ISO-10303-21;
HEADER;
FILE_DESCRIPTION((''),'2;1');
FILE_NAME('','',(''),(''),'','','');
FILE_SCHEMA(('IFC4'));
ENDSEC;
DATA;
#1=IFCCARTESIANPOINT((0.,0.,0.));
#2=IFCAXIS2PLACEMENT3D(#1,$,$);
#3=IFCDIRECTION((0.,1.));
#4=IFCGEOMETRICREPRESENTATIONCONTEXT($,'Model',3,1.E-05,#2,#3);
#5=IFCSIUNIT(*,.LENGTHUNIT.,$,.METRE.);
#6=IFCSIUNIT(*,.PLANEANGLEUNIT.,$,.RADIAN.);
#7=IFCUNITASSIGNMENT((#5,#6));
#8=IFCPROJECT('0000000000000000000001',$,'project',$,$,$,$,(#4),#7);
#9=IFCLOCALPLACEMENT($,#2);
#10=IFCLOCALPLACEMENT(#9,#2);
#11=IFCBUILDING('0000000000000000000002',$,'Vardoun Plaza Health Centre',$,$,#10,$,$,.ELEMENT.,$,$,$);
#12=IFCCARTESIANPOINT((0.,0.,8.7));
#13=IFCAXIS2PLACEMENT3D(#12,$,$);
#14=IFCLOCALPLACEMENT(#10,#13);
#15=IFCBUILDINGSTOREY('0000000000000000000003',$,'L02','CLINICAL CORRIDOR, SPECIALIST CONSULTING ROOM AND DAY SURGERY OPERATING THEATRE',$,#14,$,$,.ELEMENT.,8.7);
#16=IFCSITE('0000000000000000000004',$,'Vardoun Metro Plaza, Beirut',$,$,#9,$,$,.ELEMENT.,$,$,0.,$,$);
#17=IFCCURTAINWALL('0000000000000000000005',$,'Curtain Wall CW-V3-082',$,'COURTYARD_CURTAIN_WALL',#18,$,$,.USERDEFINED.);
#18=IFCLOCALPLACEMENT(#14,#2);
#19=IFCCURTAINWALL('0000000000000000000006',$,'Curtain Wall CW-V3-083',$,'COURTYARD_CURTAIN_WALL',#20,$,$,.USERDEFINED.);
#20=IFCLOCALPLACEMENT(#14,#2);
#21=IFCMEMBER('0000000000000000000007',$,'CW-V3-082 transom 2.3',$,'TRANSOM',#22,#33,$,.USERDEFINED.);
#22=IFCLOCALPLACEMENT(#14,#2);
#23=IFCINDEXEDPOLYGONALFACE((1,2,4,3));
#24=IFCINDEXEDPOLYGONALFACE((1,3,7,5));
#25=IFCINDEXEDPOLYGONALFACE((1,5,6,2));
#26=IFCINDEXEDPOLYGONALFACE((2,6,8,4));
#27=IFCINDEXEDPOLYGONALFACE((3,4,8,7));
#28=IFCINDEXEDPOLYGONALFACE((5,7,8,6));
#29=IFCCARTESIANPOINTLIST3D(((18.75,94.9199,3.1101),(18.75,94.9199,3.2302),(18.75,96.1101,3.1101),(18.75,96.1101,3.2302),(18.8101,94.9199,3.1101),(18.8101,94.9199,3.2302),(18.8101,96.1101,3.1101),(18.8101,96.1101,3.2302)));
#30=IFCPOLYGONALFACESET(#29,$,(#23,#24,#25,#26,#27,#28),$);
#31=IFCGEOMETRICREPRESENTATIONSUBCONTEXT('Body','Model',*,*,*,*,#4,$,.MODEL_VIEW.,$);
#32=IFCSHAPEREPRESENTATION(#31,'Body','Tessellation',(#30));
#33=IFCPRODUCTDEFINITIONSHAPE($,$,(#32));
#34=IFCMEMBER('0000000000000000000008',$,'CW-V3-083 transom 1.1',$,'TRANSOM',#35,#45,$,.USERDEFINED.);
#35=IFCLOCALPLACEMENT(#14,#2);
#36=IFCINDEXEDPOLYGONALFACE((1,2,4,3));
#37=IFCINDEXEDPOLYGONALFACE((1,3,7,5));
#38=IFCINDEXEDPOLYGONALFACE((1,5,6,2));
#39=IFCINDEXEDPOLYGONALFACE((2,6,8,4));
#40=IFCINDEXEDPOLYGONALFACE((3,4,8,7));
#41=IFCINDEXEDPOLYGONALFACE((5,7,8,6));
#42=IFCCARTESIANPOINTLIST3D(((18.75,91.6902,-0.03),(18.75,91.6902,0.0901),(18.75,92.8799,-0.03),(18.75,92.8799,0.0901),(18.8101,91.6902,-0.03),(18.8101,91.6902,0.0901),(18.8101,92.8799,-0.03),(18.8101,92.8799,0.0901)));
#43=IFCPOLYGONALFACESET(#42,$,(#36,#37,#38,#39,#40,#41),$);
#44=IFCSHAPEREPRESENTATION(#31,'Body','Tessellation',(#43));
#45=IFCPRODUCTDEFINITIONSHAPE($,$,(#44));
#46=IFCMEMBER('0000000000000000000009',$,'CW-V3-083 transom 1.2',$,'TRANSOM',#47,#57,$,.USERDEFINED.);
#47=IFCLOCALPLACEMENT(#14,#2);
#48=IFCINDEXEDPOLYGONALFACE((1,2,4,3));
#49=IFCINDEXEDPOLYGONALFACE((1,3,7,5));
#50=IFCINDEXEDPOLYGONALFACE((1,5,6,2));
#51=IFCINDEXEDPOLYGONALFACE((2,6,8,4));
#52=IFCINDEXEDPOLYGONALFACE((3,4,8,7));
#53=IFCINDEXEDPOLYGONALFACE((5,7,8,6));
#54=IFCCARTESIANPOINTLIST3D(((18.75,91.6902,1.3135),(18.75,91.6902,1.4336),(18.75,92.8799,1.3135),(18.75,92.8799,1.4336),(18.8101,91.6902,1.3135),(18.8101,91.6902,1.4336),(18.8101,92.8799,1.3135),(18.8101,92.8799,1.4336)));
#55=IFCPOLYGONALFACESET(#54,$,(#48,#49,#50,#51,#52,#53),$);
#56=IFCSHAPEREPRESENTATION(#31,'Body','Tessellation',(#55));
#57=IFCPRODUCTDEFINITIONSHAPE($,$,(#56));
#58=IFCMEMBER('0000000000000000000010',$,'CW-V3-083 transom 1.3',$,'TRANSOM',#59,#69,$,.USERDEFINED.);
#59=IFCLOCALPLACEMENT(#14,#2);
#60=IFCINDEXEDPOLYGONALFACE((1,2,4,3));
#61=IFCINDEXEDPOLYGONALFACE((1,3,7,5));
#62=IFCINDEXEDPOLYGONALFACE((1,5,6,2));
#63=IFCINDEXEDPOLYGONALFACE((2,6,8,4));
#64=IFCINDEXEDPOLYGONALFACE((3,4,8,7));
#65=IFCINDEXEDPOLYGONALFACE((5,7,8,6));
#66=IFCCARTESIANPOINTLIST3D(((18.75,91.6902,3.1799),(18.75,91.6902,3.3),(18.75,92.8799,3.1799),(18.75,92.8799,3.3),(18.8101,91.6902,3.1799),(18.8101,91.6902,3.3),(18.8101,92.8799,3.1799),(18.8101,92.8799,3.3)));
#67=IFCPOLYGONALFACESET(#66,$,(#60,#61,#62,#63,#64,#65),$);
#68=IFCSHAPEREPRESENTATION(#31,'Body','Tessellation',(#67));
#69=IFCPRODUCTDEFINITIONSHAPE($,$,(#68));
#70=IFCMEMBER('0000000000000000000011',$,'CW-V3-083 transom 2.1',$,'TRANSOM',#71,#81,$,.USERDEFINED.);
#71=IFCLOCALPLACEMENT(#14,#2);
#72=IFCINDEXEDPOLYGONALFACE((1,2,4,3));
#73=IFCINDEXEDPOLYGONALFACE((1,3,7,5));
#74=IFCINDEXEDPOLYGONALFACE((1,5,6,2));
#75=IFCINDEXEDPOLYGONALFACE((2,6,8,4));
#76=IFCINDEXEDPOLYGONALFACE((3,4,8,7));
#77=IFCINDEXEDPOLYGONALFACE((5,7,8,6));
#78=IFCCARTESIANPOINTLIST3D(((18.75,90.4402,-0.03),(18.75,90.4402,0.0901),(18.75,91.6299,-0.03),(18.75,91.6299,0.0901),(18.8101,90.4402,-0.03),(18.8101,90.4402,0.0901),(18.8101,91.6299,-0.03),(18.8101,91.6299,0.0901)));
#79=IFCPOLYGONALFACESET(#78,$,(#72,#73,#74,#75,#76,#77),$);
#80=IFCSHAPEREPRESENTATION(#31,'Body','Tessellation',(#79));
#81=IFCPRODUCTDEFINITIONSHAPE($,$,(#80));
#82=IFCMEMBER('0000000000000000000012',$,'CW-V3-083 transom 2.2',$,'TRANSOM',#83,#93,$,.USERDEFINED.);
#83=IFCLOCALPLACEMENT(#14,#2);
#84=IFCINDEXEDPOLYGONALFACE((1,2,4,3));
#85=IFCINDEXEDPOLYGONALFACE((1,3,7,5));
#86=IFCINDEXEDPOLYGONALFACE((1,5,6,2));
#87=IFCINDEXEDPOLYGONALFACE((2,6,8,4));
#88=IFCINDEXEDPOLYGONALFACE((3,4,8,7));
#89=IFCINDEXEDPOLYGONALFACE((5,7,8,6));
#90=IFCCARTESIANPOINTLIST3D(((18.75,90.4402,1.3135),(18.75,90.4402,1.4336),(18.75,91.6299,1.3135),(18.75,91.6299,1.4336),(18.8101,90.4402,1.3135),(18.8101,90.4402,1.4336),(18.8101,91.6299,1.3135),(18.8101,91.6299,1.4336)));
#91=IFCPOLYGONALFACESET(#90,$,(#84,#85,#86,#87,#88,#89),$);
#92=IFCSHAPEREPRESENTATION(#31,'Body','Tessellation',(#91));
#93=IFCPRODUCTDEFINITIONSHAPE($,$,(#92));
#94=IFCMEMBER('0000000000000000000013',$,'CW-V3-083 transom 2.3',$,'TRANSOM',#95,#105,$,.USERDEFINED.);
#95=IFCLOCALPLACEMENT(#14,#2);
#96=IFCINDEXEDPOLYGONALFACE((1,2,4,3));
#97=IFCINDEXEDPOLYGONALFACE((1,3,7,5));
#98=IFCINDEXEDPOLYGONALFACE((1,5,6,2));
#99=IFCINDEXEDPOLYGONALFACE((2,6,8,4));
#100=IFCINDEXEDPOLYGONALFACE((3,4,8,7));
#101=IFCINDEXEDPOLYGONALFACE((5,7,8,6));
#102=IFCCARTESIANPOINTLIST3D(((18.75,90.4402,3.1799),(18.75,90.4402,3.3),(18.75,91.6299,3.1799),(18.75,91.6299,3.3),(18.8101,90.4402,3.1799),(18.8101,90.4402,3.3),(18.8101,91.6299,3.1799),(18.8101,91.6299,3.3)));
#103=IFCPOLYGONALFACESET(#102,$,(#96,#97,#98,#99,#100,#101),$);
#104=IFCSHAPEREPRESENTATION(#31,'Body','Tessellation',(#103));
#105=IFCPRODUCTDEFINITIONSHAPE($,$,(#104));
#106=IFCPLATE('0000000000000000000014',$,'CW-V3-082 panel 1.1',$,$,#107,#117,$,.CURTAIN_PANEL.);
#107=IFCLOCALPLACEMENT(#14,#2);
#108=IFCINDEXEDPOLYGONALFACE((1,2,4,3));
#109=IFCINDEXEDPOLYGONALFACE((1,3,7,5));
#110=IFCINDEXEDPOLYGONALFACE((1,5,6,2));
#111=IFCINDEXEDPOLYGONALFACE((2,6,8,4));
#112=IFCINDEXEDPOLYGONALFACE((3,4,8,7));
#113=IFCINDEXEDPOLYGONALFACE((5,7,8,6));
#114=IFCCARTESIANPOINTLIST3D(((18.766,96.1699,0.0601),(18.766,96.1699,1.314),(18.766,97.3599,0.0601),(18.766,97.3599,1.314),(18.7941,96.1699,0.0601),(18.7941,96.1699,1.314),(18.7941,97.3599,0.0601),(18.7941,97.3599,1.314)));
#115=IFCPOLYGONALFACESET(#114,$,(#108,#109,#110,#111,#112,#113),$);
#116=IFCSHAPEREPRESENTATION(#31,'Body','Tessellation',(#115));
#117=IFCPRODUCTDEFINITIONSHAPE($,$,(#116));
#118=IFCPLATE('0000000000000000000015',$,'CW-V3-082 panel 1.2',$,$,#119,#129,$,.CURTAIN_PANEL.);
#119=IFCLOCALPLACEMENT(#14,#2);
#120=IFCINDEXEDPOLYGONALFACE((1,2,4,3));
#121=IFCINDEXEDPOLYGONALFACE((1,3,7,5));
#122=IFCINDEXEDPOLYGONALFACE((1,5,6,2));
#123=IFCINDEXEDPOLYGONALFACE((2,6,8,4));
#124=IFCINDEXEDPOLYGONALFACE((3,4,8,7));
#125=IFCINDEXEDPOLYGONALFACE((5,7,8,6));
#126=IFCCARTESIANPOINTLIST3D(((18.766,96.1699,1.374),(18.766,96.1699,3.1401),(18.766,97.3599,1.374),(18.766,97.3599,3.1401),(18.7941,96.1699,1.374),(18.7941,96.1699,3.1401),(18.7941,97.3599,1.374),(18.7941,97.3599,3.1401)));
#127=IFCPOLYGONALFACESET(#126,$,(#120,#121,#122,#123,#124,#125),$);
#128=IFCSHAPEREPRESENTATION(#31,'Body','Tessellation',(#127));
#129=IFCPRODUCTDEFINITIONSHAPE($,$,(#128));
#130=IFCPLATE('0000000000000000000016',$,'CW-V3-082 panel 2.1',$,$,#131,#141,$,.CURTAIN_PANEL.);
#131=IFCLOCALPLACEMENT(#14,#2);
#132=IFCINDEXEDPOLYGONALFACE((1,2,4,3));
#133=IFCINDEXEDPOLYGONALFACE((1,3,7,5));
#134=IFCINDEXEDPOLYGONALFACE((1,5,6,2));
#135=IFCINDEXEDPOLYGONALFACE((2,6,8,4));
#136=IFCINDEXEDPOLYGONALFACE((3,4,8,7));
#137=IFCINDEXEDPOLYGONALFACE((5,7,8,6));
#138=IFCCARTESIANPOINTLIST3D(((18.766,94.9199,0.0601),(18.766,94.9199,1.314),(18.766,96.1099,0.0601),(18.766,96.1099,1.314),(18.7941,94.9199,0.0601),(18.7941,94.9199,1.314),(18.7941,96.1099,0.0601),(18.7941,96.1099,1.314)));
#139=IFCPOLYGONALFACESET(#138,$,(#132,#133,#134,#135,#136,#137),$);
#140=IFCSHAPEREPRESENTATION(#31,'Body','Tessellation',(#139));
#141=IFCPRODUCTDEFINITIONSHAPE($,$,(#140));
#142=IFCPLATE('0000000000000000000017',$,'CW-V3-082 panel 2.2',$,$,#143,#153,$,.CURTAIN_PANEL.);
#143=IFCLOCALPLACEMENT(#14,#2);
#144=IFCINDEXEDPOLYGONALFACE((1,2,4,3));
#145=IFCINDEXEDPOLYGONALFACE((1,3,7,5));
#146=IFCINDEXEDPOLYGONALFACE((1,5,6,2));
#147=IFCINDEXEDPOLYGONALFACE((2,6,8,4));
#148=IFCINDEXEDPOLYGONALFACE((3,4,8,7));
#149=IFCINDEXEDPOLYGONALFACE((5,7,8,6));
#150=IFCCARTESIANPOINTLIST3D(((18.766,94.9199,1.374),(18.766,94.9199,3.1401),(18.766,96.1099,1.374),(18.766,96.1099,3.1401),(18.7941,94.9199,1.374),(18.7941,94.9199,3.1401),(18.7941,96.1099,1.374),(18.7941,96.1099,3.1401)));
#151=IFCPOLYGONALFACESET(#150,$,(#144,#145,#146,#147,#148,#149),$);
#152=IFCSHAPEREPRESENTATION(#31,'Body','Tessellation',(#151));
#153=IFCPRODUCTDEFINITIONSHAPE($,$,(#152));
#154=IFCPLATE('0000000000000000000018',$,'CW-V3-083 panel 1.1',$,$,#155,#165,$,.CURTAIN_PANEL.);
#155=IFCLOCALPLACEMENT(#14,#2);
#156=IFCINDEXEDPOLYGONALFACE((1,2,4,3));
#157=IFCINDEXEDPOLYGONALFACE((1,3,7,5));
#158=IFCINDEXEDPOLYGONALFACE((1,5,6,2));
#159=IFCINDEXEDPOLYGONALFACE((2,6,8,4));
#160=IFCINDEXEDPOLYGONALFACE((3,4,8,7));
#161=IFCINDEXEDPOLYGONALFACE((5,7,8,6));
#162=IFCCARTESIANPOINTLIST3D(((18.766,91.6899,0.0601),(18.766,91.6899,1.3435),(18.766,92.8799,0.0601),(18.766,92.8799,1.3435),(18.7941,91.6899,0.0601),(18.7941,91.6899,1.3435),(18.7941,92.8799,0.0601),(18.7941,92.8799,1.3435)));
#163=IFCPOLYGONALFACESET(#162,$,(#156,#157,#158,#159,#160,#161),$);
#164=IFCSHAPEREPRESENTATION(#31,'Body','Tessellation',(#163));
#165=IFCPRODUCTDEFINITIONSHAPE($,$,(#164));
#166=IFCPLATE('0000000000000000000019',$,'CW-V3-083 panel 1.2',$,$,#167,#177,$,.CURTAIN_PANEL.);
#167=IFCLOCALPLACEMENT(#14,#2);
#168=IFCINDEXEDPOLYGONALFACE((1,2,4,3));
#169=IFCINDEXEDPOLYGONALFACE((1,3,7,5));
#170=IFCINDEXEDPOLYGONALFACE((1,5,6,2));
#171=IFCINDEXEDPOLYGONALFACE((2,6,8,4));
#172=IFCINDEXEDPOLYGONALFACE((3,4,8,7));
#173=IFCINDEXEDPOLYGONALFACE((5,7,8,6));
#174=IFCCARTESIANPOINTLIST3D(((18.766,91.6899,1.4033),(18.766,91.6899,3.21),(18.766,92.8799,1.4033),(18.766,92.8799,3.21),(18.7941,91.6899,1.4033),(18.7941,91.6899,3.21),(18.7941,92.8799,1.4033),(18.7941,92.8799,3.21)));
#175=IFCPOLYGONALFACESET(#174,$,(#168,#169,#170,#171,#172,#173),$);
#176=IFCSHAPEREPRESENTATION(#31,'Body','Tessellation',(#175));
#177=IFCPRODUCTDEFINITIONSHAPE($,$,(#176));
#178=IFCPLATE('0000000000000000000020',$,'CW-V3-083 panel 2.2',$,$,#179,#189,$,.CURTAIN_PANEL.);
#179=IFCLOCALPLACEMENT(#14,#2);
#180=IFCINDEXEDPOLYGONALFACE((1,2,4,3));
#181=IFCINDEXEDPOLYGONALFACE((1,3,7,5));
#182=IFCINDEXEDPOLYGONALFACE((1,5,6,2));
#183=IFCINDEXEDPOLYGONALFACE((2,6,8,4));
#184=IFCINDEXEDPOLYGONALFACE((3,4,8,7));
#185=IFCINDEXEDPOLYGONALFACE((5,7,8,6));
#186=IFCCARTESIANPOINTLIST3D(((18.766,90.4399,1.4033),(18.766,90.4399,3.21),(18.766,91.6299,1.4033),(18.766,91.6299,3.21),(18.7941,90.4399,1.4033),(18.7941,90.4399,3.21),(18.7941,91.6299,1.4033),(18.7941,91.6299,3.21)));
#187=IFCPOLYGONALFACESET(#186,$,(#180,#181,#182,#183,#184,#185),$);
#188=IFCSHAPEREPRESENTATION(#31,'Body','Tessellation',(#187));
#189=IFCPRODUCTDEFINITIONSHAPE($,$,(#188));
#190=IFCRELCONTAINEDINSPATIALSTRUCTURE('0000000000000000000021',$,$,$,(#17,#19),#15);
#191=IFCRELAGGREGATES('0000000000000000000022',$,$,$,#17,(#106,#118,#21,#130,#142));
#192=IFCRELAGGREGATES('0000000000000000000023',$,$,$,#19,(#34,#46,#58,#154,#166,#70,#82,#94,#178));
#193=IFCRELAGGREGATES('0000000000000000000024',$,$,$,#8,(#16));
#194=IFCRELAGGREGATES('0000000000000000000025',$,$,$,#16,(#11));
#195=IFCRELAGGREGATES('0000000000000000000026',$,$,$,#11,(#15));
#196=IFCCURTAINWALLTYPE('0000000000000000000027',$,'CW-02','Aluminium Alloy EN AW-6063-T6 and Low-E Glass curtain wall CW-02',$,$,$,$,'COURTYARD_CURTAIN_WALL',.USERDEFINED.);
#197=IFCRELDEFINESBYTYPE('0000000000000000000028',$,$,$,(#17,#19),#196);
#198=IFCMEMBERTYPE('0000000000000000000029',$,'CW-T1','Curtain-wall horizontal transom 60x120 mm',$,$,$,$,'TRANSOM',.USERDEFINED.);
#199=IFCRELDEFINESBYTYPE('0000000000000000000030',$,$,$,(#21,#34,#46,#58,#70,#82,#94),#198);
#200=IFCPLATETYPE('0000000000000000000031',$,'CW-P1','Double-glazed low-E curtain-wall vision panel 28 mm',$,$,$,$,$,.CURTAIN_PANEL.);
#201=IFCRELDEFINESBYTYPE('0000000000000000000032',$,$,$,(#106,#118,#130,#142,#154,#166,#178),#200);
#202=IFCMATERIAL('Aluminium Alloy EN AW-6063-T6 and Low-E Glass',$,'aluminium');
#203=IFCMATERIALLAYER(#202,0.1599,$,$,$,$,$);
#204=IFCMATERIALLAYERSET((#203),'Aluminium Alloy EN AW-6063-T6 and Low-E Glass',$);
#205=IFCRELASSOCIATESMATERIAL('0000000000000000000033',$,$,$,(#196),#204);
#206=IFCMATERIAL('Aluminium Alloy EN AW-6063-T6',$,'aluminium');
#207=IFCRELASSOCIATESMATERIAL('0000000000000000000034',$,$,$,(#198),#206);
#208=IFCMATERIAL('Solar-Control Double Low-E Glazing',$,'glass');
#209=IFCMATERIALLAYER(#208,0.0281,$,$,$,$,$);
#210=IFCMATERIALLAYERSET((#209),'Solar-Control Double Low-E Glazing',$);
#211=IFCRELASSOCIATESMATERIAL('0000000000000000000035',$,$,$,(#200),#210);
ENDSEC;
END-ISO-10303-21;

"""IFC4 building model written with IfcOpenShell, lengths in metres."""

from ifc_helpers import new_model, si_unit, direction, frame, origin, origin_2d, place, context, subcontext, project, spatial, rectangle, extrude, material, layer, layer_set, material_profile, profile_set, type_object, element, aggregate, save


model = new_model("IFC4")

# Units and contexts
model_context = context("Model", 3, precision=1e-05, world=origin(), true_north=direction((0.0, 1.0)))
body_context = subcontext(model_context, "Body", "Model", "MODEL_VIEW")
ifc_project = project(units=[si_unit("LENGTHUNIT", "METRE"), si_unit("PLANEANGLEUNIT", "RADIAN")], contexts=[model_context])

# Site, building, storey
site_placement = place(None, origin())
site = spatial("IfcSite", under=ifc_project, at=site_placement, Name="Vardoun Metro Plaza, Beirut", CompositionType="ELEMENT", RefElevation=0.0)
building_placement = place(site_placement, origin())
building = spatial("IfcBuilding", under=site, at=building_placement, Name="Vardoun Plaza Health Centre", CompositionType="ELEMENT")
storey_placement = place(building_placement, frame((0.0, 0.0, 8.7)))
storey = spatial("IfcBuildingStorey", under=building, at=storey_placement, Name="L02", Description="CLINICAL CORRIDOR, SPECIALIST CONSULTING ROOM AND DAY SURGERY OPERATING THEATRE", CompositionType="ELEMENT", Elevation=8.7)

# Curtain walls
ifc_material_1 = material(Name="Aluminium Alloy EN AW-6063-T6 and Low-E Glass", Category="aluminium")
ifc_layer_1 = layer(ifc_material_1, 0.1599)
ifc_layer_set_1 = layer_set([ifc_layer_1], Name="Aluminium Alloy EN AW-6063-T6 and Low-E Glass")
curtain_wall_type = type_object("IfcCurtainWallType", Name="CW-02", Description="Aluminium Alloy EN AW-6063-T6 and Low-E Glass curtain wall CW-02", ElementType="COURTYARD_CURTAIN_WALL", PredefinedType="USERDEFINED", material=ifc_layer_set_1)
curtain_wall_1_placement = place(storey_placement, origin())
curtain_wall_1 = element("IfcCurtainWall", 1, at=curtain_wall_1_placement, inside=storey, type_object=curtain_wall_type, Name="Curtain Wall CW-V3-082", ObjectType="COURTYARD_CURTAIN_WALL", PredefinedType="USERDEFINED")
curtain_wall_2_placement = place(storey_placement, origin())
curtain_wall_2 = element("IfcCurtainWall", 2, at=curtain_wall_2_placement, inside=storey, type_object=curtain_wall_type, Name="Curtain Wall CW-V3-083", ObjectType="COURTYARD_CURTAIN_WALL", PredefinedType="USERDEFINED")

# Members
ifc_material_2 = material(Name="Aluminium Alloy EN AW-6063-T6", Category="aluminium")
ifc_material_profile_1 = material_profile(ifc_material_2, rectangle(XDim=0.0601, YDim=0.1201, at=origin_2d()), Name="CWT 60x120")
ifc_profile_set_1 = profile_set([ifc_material_profile_1], Name="Aluminium Alloy EN AW-6063-T6")
member_type_1 = type_object("IfcMemberType", Name="CW-T1", Description="Curtain-wall horizontal transom 60x120 mm", ElementType="TRANSOM", PredefinedType="USERDEFINED", material=ifc_profile_set_1)
member_1_placement = place(storey_placement, frame((18.78, 96.1101, 3.1702), z_axis=(0.0, -1.0, 0.0), x_axis=(1.0, 0.0, 0.0)))
member_1 = element("IfcMember", 3, at=member_1_placement, type_object=member_type_1, Name="CW-V3-082 transom 2.3", ObjectType="TRANSOM", PredefinedType="USERDEFINED", context=body_context, shape_type="SweptSolid", body=[
    extrude(rectangle(XDim=0.0601, YDim=0.1201, at=origin_2d()), origin(), (0.0, 0.0, 1.0), 1.1902),
])
member_2_placement = place(storey_placement, frame((18.78, 92.8799, 0.03), z_axis=(0.0, -1.0, 0.0), x_axis=(1.0, 0.0, 0.0)))
member_2 = element("IfcMember", 4, at=member_2_placement, type_object=member_type_1, Name="CW-V3-083 transom 1.1", ObjectType="TRANSOM", PredefinedType="USERDEFINED", context=body_context, shape_type="SweptSolid", body=[
    extrude(rectangle(XDim=0.0601, YDim=0.1201, at=origin_2d()), origin(), (0.0, 0.0, 1.0), 1.1897),
])
member_3_placement = place(storey_placement, frame((18.78, 92.8799, 1.3735), z_axis=(0.0, -1.0, 0.0), x_axis=(1.0, 0.0, 0.0)))
member_3 = element("IfcMember", 5, at=member_3_placement, type_object=member_type_1, Name="CW-V3-083 transom 1.2", ObjectType="TRANSOM", PredefinedType="USERDEFINED", context=body_context, shape_type="SweptSolid", body=[
    extrude(rectangle(XDim=0.0601, YDim=0.1201, at=origin_2d()), origin(), (0.0, 0.0, 1.0), 1.1897),
])
member_4_placement = place(storey_placement, frame((18.78, 92.8799, 3.24), z_axis=(0.0, -1.0, 0.0), x_axis=(1.0, 0.0, 0.0)))
member_4 = element("IfcMember", 6, at=member_4_placement, type_object=member_type_1, Name="CW-V3-083 transom 1.3", ObjectType="TRANSOM", PredefinedType="USERDEFINED", context=body_context, shape_type="SweptSolid", body=[
    extrude(rectangle(XDim=0.0601, YDim=0.1201, at=origin_2d()), origin(), (0.0, 0.0, 1.0), 1.1897),
])
member_5_placement = place(storey_placement, frame((18.78, 91.6299, 0.03), z_axis=(0.0, -1.0, 0.0), x_axis=(1.0, 0.0, 0.0)))
member_5 = element("IfcMember", 7, at=member_5_placement, type_object=member_type_1, Name="CW-V3-083 transom 2.1", ObjectType="TRANSOM", PredefinedType="USERDEFINED", context=body_context, shape_type="SweptSolid", body=[
    extrude(rectangle(XDim=0.0601, YDim=0.1201, at=origin_2d()), origin(), (0.0, 0.0, 1.0), 1.1897),
])
member_6_placement = place(storey_placement, frame((18.78, 91.6299, 1.3735), z_axis=(0.0, -1.0, 0.0), x_axis=(1.0, 0.0, 0.0)))
member_6 = element("IfcMember", 8, at=member_6_placement, type_object=member_type_1, Name="CW-V3-083 transom 2.2", ObjectType="TRANSOM", PredefinedType="USERDEFINED", context=body_context, shape_type="SweptSolid", body=[
    extrude(rectangle(XDim=0.0601, YDim=0.1201, at=origin_2d()), origin(), (0.0, 0.0, 1.0), 1.1897),
])
member_7_placement = place(storey_placement, frame((18.78, 91.6299, 3.24), z_axis=(0.0, -1.0, 0.0), x_axis=(1.0, 0.0, 0.0)))
member_7 = element("IfcMember", 9, at=member_7_placement, type_object=member_type_1, Name="CW-V3-083 transom 2.3", ObjectType="TRANSOM", PredefinedType="USERDEFINED", context=body_context, shape_type="SweptSolid", body=[
    extrude(rectangle(XDim=0.0601, YDim=0.1201, at=origin_2d()), origin(), (0.0, 0.0, 1.0), 1.1897),
])

# Plates
ifc_material_3 = material(Name="Solar-Control Double Low-E Glazing", Category="glass")
ifc_layer_2 = layer(ifc_material_3, 0.0281)
ifc_layer_set_2 = layer_set([ifc_layer_2], Name="Solar-Control Double Low-E Glazing")
plate_type = type_object("IfcPlateType", Name="CW-P1", Description="Double-glazed low-E curtain-wall vision panel 28 mm", PredefinedType="CURTAIN_PANEL", material=ifc_layer_set_2)
plate_1_placement = place(storey_placement, frame((18.78, 96.7649, 0.0601), z_axis=(0.0, 0.0, 1.0), x_axis=(0.0, -1.0, 0.0)))
plate_1 = element("IfcPlate", 10, at=plate_1_placement, type_object=plate_type, Name="CW-V3-082 panel 1.1", PredefinedType="CURTAIN_PANEL", context=body_context, shape_type="SweptSolid", body=[
    extrude(rectangle(XDim=1.1899, YDim=0.0281, at=origin_2d()), origin(), (0.0, 0.0, 1.0), 1.2539),
])
plate_2_placement = place(storey_placement, frame((18.78, 96.7649, 1.374), z_axis=(0.0, 0.0, 1.0), x_axis=(0.0, -1.0, 0.0)))
plate_2 = element("IfcPlate", 11, at=plate_2_placement, type_object=plate_type, Name="CW-V3-082 panel 1.2", PredefinedType="CURTAIN_PANEL", context=body_context, shape_type="SweptSolid", body=[
    extrude(rectangle(XDim=1.1899, YDim=0.0281, at=origin_2d()), origin(), (0.0, 0.0, 1.0), 1.7661),
])
plate_3_placement = place(storey_placement, frame((18.78, 95.5149, 0.0601), z_axis=(0.0, 0.0, 1.0), x_axis=(0.0, -1.0, 0.0)))
plate_3 = element("IfcPlate", 12, at=plate_3_placement, type_object=plate_type, Name="CW-V3-082 panel 2.1", PredefinedType="CURTAIN_PANEL", context=body_context, shape_type="SweptSolid", body=[
    extrude(rectangle(XDim=1.1899, YDim=0.0281, at=origin_2d()), origin(), (0.0, 0.0, 1.0), 1.2539),
])
plate_4_placement = place(storey_placement, frame((18.78, 95.5149, 1.374), z_axis=(0.0, 0.0, 1.0), x_axis=(0.0, -1.0, 0.0)))
plate_4 = element("IfcPlate", 13, at=plate_4_placement, type_object=plate_type, Name="CW-V3-082 panel 2.2", PredefinedType="CURTAIN_PANEL", context=body_context, shape_type="SweptSolid", body=[
    extrude(rectangle(XDim=1.1899, YDim=0.0281, at=origin_2d()), origin(), (0.0, 0.0, 1.0), 1.7661),
])
aggregate(curtain_wall_1, [plate_1, plate_2, member_1, plate_3, plate_4])
plate_5_placement = place(storey_placement, frame((18.78, 92.2849, 0.0601), z_axis=(0.0, 0.0, 1.0), x_axis=(0.0, -1.0, 0.0)))
plate_5 = element("IfcPlate", 14, at=plate_5_placement, type_object=plate_type, Name="CW-V3-083 panel 1.1", PredefinedType="CURTAIN_PANEL", context=body_context, shape_type="SweptSolid", body=[
    extrude(rectangle(XDim=1.1899, YDim=0.0281, at=origin_2d()), origin(), (0.0, 0.0, 1.0), 1.2834),
])
plate_6_placement = place(storey_placement, frame((18.78, 92.2849, 1.4033), z_axis=(0.0, 0.0, 1.0), x_axis=(0.0, -1.0, 0.0)))
plate_6 = element("IfcPlate", 15, at=plate_6_placement, type_object=plate_type, Name="CW-V3-083 panel 1.2", PredefinedType="CURTAIN_PANEL", context=body_context, shape_type="SweptSolid", body=[
    extrude(rectangle(XDim=1.1899, YDim=0.0281, at=origin_2d()), origin(), (0.0, 0.0, 1.0), 1.8066),
])
plate_7_placement = place(storey_placement, frame((18.78, 91.0349, 1.4033), z_axis=(0.0, 0.0, 1.0), x_axis=(0.0, -1.0, 0.0)))
plate_7 = element("IfcPlate", 16, at=plate_7_placement, type_object=plate_type, Name="CW-V3-083 panel 2.2", PredefinedType="CURTAIN_PANEL", context=body_context, shape_type="SweptSolid", body=[
    extrude(rectangle(XDim=1.1899, YDim=0.0281, at=origin_2d()), origin(), (0.0, 0.0, 1.0), 1.8066),
])
aggregate(curtain_wall_2, [member_2, member_3, member_4, plate_5, plate_6, member_5, member_6, member_7, plate_7])

save(model, "model.ifc")
